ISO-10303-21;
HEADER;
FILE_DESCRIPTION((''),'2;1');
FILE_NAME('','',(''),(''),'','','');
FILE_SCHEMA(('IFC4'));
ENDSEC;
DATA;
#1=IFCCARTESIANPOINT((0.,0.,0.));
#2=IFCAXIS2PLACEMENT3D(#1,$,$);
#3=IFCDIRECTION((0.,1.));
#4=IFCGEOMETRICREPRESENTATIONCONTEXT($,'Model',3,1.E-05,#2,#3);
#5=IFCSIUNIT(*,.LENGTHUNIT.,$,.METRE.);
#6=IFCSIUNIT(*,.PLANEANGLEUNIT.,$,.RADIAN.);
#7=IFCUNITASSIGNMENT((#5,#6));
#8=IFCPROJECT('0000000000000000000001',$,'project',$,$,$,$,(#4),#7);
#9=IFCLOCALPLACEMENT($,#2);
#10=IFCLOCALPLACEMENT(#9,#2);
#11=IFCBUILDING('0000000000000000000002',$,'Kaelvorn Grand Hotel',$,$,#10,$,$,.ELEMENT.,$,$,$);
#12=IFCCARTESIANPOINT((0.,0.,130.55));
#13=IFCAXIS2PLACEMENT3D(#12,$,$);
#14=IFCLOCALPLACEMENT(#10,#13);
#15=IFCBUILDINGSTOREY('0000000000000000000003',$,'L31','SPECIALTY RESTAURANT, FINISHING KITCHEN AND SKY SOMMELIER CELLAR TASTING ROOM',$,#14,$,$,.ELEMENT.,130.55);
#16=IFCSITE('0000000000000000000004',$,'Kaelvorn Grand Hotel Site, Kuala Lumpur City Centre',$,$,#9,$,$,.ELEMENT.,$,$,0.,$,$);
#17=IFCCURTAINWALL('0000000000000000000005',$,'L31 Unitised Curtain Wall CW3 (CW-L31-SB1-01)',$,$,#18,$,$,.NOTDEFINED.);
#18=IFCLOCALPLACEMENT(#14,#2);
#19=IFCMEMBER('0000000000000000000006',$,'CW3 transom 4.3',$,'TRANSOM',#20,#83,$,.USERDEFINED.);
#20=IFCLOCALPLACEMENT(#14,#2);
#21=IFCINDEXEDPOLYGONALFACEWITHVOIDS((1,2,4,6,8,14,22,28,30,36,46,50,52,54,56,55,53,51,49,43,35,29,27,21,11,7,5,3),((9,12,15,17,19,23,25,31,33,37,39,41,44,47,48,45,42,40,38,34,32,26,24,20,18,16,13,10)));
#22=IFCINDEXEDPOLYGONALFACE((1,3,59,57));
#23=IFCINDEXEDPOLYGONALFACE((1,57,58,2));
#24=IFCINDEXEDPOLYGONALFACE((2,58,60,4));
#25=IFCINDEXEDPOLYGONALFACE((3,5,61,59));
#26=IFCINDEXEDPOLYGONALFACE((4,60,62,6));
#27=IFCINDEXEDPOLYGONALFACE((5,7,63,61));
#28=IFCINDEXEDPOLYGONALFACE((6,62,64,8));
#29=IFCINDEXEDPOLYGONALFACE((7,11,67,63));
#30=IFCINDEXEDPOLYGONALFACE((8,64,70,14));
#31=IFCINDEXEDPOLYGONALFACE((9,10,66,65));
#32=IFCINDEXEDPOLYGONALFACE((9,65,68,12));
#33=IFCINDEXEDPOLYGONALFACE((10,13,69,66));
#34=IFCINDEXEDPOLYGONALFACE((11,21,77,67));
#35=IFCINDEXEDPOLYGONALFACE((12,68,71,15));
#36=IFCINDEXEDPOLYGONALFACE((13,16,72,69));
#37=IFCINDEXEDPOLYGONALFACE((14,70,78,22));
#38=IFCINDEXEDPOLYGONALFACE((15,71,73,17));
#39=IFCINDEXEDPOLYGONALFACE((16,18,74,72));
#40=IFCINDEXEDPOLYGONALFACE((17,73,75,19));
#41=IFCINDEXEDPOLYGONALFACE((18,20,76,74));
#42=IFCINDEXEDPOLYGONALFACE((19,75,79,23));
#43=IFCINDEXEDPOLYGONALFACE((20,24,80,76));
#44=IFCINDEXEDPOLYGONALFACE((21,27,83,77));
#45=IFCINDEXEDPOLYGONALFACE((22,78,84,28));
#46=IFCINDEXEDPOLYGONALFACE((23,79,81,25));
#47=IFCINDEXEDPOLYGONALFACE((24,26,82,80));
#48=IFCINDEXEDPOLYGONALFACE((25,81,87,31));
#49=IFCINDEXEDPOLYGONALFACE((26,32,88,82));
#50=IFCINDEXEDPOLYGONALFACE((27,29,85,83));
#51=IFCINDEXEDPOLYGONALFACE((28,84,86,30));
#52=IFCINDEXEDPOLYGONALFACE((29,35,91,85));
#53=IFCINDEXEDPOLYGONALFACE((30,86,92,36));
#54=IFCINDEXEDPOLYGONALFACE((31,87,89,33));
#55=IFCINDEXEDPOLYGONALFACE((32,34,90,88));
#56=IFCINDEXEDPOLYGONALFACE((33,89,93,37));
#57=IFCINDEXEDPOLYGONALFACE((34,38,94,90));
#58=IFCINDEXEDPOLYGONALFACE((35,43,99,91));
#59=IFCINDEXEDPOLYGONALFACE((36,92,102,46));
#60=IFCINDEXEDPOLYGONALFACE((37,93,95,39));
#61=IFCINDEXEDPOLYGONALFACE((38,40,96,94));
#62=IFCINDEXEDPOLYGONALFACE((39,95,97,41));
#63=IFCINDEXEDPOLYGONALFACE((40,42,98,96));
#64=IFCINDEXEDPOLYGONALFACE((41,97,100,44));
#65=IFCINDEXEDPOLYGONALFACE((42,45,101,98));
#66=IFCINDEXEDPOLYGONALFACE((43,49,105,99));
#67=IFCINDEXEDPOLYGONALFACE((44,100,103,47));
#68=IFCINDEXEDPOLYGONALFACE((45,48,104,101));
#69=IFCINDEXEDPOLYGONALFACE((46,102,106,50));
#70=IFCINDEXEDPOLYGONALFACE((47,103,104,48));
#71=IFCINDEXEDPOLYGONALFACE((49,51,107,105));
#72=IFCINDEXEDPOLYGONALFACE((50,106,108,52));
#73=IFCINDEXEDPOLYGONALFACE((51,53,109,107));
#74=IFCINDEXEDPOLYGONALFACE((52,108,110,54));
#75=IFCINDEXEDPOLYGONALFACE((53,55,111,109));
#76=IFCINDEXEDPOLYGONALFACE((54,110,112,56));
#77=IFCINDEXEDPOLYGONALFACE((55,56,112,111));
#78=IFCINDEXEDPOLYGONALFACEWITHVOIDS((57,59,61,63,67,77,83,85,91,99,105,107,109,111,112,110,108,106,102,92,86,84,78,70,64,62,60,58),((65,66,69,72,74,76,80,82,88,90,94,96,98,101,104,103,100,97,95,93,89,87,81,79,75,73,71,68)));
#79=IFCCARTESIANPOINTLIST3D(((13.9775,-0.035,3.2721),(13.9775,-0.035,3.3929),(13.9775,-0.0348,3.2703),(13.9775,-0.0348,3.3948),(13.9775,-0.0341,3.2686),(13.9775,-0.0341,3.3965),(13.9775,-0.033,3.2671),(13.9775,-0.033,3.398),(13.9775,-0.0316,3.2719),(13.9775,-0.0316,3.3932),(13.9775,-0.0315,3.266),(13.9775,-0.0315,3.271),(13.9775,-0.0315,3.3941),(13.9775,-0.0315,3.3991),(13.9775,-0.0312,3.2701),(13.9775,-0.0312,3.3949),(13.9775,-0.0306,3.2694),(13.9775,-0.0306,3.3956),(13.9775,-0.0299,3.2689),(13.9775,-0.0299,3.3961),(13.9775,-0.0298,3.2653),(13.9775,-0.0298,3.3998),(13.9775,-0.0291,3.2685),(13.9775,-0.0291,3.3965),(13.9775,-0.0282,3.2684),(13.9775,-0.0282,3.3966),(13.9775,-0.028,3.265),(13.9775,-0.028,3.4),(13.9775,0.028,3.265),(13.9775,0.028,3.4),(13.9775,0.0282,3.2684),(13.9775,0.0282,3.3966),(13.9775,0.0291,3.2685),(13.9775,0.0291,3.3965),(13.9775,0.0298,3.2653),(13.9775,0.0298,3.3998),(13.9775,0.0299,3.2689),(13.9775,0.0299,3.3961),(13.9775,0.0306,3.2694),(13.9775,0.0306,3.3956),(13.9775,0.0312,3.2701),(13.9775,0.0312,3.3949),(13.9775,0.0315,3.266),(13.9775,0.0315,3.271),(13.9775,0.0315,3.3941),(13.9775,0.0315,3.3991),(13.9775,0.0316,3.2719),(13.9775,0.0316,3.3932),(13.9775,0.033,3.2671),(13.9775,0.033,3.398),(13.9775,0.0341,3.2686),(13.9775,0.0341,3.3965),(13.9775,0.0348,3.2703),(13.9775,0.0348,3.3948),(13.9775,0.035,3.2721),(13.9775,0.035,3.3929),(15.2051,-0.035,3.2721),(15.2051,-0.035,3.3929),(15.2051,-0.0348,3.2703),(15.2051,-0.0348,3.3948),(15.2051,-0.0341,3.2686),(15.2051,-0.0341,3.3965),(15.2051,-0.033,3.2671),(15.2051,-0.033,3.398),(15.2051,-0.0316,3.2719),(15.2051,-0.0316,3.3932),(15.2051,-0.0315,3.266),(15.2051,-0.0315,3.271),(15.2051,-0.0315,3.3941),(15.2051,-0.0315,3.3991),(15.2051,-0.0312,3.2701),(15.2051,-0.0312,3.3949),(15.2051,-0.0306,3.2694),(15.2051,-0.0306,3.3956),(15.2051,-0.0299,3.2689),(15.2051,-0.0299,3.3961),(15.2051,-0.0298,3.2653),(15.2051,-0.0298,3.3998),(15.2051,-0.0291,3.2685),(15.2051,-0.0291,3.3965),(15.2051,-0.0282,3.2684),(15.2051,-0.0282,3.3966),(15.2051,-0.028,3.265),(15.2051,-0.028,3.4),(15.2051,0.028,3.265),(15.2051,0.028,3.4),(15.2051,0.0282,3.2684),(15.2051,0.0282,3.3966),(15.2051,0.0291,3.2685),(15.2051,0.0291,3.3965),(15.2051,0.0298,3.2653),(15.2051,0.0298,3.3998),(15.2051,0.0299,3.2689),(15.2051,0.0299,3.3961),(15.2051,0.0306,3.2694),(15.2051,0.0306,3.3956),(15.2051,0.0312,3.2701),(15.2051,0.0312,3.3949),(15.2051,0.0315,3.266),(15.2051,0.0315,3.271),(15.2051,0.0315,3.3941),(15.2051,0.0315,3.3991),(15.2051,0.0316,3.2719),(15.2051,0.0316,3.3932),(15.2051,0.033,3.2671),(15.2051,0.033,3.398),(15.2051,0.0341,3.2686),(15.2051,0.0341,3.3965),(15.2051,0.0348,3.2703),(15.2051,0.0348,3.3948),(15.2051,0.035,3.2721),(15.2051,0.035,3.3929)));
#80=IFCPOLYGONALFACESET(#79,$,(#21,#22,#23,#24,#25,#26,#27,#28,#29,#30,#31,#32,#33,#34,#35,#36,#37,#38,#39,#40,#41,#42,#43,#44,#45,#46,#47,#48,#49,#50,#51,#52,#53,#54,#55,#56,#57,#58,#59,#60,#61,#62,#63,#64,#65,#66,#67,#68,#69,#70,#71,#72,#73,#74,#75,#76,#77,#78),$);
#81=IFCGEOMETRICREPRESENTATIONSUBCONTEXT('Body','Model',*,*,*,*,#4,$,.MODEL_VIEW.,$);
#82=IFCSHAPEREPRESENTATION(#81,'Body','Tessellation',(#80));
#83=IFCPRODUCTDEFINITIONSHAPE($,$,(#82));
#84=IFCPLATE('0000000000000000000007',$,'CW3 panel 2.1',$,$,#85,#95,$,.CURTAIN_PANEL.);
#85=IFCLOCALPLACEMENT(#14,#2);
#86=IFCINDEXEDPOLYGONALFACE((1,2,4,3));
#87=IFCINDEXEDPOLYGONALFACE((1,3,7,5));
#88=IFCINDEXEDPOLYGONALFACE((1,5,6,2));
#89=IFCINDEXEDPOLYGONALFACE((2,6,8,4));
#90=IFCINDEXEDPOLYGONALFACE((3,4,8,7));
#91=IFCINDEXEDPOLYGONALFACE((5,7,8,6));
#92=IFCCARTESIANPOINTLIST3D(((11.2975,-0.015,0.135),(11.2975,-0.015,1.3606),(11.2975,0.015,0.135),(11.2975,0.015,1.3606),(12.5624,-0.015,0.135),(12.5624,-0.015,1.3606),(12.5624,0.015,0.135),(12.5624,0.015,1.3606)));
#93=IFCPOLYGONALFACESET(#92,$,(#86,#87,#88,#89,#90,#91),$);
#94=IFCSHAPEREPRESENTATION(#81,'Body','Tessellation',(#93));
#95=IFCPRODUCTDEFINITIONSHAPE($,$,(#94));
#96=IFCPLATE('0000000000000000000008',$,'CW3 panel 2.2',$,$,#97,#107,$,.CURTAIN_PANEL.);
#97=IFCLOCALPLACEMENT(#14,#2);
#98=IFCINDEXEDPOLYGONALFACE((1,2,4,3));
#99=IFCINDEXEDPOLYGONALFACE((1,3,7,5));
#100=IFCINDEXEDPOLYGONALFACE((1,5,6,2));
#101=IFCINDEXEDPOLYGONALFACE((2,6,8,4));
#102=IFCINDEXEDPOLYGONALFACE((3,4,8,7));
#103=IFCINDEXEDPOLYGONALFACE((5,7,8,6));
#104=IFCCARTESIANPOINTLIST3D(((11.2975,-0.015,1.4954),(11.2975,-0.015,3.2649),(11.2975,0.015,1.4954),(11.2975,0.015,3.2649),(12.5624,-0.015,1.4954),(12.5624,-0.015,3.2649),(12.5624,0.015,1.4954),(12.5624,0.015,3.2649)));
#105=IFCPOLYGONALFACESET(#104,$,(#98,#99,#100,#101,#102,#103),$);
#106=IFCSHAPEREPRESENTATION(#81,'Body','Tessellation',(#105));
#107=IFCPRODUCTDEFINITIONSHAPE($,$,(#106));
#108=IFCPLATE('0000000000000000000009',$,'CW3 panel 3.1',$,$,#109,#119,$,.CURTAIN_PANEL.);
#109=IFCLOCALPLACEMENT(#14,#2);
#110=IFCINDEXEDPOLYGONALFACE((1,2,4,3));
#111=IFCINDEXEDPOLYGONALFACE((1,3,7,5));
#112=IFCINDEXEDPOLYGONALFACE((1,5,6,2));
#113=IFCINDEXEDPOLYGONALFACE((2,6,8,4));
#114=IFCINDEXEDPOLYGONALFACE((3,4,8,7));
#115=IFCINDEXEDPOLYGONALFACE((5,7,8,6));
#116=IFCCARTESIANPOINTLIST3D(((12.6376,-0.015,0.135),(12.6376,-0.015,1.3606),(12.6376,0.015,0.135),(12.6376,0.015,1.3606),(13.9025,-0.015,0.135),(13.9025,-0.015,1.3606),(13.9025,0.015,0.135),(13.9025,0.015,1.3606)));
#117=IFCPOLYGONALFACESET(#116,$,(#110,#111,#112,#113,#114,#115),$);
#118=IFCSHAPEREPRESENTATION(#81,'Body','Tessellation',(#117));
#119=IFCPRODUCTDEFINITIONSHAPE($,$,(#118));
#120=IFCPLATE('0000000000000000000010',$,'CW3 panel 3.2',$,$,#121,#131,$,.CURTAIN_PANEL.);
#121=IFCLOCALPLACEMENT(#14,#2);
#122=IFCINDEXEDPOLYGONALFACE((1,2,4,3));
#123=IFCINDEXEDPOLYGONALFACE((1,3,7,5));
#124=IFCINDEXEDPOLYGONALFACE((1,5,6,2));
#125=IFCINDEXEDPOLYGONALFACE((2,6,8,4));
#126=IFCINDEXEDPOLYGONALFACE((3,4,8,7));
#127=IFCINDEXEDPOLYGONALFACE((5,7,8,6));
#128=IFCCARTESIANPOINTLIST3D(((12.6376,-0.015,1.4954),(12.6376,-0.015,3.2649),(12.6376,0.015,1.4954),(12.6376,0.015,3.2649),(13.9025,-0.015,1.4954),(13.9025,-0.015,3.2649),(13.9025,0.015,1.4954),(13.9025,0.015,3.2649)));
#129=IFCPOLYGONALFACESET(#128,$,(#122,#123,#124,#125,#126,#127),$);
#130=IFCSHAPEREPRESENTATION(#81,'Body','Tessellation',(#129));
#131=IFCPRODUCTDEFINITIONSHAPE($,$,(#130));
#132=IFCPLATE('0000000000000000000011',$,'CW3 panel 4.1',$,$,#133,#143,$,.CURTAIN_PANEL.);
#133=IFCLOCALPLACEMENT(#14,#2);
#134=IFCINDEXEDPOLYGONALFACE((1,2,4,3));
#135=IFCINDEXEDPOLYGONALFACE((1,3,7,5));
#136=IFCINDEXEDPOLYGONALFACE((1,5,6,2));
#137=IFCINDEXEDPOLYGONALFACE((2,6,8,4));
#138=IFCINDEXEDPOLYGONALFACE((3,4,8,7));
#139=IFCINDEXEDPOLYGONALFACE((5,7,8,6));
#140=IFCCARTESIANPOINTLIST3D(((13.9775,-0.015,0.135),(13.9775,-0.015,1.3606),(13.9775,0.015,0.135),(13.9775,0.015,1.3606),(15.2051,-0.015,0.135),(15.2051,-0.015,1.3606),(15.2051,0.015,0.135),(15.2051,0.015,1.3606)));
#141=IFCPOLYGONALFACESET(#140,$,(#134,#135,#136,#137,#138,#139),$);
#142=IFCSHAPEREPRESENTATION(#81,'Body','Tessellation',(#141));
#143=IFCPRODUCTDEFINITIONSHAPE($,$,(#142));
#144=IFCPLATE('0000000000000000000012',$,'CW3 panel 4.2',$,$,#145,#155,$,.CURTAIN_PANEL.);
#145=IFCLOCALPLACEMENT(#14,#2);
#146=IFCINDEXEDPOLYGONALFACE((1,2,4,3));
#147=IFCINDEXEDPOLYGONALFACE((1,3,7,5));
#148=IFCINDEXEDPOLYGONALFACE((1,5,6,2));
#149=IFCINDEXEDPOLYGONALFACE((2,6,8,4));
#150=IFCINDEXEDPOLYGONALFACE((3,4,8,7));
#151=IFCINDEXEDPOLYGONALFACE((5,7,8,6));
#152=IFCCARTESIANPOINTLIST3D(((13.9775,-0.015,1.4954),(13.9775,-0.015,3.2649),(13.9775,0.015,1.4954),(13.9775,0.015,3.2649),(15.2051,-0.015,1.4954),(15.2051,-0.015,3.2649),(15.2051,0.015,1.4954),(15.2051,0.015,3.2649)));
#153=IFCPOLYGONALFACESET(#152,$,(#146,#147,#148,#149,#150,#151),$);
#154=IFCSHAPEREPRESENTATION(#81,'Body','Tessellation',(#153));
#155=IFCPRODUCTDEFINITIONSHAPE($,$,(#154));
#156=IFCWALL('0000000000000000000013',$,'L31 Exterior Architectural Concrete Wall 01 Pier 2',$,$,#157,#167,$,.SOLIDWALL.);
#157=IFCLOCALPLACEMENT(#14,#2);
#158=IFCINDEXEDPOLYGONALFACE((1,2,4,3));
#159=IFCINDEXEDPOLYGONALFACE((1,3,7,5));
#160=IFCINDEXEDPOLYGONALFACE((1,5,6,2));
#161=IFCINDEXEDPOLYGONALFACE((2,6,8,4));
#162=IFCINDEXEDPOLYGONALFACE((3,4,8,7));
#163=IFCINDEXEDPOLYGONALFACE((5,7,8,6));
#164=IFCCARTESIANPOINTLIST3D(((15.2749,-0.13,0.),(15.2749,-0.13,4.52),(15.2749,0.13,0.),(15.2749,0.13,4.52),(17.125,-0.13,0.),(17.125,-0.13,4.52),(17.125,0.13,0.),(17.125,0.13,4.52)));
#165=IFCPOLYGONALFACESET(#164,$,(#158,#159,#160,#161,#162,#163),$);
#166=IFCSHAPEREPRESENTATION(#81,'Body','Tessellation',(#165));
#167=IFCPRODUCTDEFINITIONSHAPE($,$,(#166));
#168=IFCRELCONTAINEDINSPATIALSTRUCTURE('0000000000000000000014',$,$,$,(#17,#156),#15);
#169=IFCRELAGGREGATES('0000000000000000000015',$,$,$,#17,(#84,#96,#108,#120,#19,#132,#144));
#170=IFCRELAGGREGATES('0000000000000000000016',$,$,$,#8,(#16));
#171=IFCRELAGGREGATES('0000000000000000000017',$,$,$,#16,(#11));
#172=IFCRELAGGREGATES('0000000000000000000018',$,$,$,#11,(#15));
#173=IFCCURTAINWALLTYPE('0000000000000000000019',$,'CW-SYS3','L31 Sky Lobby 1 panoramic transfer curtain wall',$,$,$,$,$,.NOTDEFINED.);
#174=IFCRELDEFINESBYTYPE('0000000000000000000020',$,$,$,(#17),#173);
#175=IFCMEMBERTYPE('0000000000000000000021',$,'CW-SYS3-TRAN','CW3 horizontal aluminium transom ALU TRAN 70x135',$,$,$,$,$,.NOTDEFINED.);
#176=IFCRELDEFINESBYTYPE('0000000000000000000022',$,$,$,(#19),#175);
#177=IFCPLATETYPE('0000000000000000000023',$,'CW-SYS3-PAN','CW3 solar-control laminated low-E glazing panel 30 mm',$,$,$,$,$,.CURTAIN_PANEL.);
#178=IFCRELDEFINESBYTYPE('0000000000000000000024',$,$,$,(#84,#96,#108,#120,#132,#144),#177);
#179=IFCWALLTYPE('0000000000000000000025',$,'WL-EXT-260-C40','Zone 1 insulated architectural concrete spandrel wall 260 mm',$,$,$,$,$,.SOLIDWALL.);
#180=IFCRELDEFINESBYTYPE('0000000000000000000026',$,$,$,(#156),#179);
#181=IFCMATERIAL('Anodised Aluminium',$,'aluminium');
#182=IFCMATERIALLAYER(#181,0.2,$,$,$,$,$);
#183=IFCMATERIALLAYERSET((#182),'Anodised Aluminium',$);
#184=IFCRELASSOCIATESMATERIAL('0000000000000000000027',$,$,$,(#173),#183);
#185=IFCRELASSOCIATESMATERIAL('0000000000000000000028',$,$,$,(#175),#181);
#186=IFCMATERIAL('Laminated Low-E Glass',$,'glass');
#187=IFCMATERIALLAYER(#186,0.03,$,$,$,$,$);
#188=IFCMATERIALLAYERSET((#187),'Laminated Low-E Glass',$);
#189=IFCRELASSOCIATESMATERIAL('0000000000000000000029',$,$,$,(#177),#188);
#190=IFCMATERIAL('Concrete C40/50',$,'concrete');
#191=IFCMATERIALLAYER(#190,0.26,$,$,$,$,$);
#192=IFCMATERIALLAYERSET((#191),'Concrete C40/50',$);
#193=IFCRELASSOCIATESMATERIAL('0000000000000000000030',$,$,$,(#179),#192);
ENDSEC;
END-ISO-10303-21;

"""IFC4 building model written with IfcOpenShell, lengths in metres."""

from ifc_helpers import new_model, si_unit, direction, frame, frame_2d, origin, origin_2d, place, context, subcontext, project, spatial, rectangle, hollow_rectangle, extrude, material, layer, layer_set, material_profile, profile_set, type_object, element, aggregate, save


model = new_model("IFC4")

# Units and contexts
model_context = context("Model", 3, precision=1e-05, world=origin(), true_north=direction((0.0, 1.0)))
body_context = subcontext(model_context, "Body", "Model", "MODEL_VIEW")
ifc_project = project(units=[si_unit("LENGTHUNIT", "METRE"), si_unit("PLANEANGLEUNIT", "RADIAN")], contexts=[model_context])

# Site, building, storey
site_placement = place(None, origin())
site = spatial("IfcSite", under=ifc_project, at=site_placement, Name="Kaelvorn Grand Hotel Site, Kuala Lumpur City Centre", CompositionType="ELEMENT", RefElevation=0.0)
building_placement = place(site_placement, origin())
building = spatial("IfcBuilding", under=site, at=building_placement, Name="Kaelvorn Grand Hotel", CompositionType="ELEMENT")
storey_placement = place(building_placement, frame((0.0, 0.0, 130.55)))
storey = spatial("IfcBuildingStorey", under=building, at=storey_placement, Name="L31", Description="SPECIALTY RESTAURANT, FINISHING KITCHEN AND SKY SOMMELIER CELLAR TASTING ROOM", CompositionType="ELEMENT", Elevation=130.55)

# Shared definitions
ifc_material_1 = material(Name="Concrete C40/50", Category="concrete")

# Curtain wall, member, plates
ifc_material_2 = material(Name="Anodised Aluminium", Category="aluminium")
ifc_layer_1 = layer(ifc_material_2, 0.2)
ifc_layer_set_1 = layer_set([ifc_layer_1], Name="Anodised Aluminium")
curtain_wall_type = type_object("IfcCurtainWallType", Name="CW-SYS3", Description="L31 Sky Lobby 1 panoramic transfer curtain wall", PredefinedType="NOTDEFINED", material=ifc_layer_set_1)
curtain_wall_placement = place(storey_placement, origin())
curtain_wall = element("IfcCurtainWall", 1, at=curtain_wall_placement, inside=storey, type_object=curtain_wall_type, Name="L31 Unitised Curtain Wall CW3 (CW-L31-SB1-01)", PredefinedType="NOTDEFINED")
ifc_material_profile_1 = material_profile(ifc_material_2, hollow_rectangle(XDim=0.0701, YDim=0.135, WallThickness=0.0034, InnerFilletRadius=0.0034, OuterFilletRadius=0.0071, at=origin_2d()), Name="ALU TRAN 70x135")
ifc_profile_set_1 = profile_set([ifc_material_profile_1], Name="Anodised Aluminium")
member_type_1 = type_object("IfcMemberType", Name="CW-SYS3-TRAN", Description="CW3 horizontal aluminium transom ALU TRAN 70x135", PredefinedType="NOTDEFINED", material=ifc_profile_set_1)
member_1_placement = place(storey_placement, frame((13.9775, 0.0, 3.3325), z_axis=(1.0, 0.0, 0.0), x_axis=(0.0, 1.0, 0.0)))
member_1 = element("IfcMember", 2, at=member_1_placement, type_object=member_type_1, Name="CW3 transom 4.3", ObjectType="TRANSOM", PredefinedType="USERDEFINED", context=body_context, shape_type="SweptSolid", body=[
    extrude(hollow_rectangle(XDim=0.0701, YDim=0.135, WallThickness=0.0034, InnerFilletRadius=0.0034, OuterFilletRadius=0.0071, at=origin_2d()), origin(), (0.0, 0.0, 1.0), 1.2275),
])
ifc_material_3 = material(Name="Laminated Low-E Glass", Category="glass")
ifc_layer_2 = layer(ifc_material_3, 0.03)
ifc_layer_set_2 = layer_set([ifc_layer_2], Name="Laminated Low-E Glass")
plate_type = type_object("IfcPlateType", Name="CW-SYS3-PAN", Description="CW3 solar-control laminated low-E glazing panel 30 mm", PredefinedType="CURTAIN_PANEL", material=ifc_layer_set_2)
plate_1_placement = place(storey_placement, frame((11.9299, 0.0, 0.135), z_axis=(0.0, 0.0, 1.0), x_axis=(1.0, 0.0, 0.0)))
plate_1 = element("IfcPlate", 3, at=plate_1_placement, type_object=plate_type, Name="CW3 panel 2.1", PredefinedType="CURTAIN_PANEL", context=body_context, shape_type="SweptSolid", body=[
    extrude(rectangle(XDim=1.2649, YDim=0.03, at=origin_2d()), origin(), (0.0, 0.0, 1.0), 1.2256),
])
plate_2_placement = place(storey_placement, frame((11.9299, 0.0, 1.4954), z_axis=(0.0, 0.0, 1.0), x_axis=(1.0, 0.0, 0.0)))
plate_2 = element("IfcPlate", 4, at=plate_2_placement, type_object=plate_type, Name="CW3 panel 2.2", PredefinedType="CURTAIN_PANEL", context=body_context, shape_type="SweptSolid", body=[
    extrude(rectangle(XDim=1.2649, YDim=0.03, at=origin_2d()), origin(), (0.0, 0.0, 1.0), 1.7695),
])
plate_3_placement = place(storey_placement, frame((13.27, 0.0, 0.135), z_axis=(0.0, 0.0, 1.0), x_axis=(1.0, 0.0, 0.0)))
plate_3 = element("IfcPlate", 5, at=plate_3_placement, type_object=plate_type, Name="CW3 panel 3.1", PredefinedType="CURTAIN_PANEL", context=body_context, shape_type="SweptSolid", body=[
    extrude(rectangle(XDim=1.2649, YDim=0.03, at=origin_2d()), origin(), (0.0, 0.0, 1.0), 1.2256),
])
plate_4_placement = place(storey_placement, frame((13.27, 0.0, 1.4954), z_axis=(0.0, 0.0, 1.0), x_axis=(1.0, 0.0, 0.0)))
plate_4 = element("IfcPlate", 6, at=plate_4_placement, type_object=plate_type, Name="CW3 panel 3.2", PredefinedType="CURTAIN_PANEL", context=body_context, shape_type="SweptSolid", body=[
    extrude(rectangle(XDim=1.2649, YDim=0.03, at=origin_2d()), origin(), (0.0, 0.0, 1.0), 1.7695),
])
plate_5_placement = place(storey_placement, frame((14.5913, 0.0, 0.135), z_axis=(0.0, 0.0, 1.0), x_axis=(1.0, 0.0, 0.0)))
plate_5 = element("IfcPlate", 7, at=plate_5_placement, type_object=plate_type, Name="CW3 panel 4.1", PredefinedType="CURTAIN_PANEL", context=body_context, shape_type="SweptSolid", body=[
    extrude(rectangle(XDim=1.2275, YDim=0.03, at=origin_2d()), origin(), (0.0, 0.0, 1.0), 1.2256),
])
plate_6_placement = place(storey_placement, frame((14.5913, 0.0, 1.4954), z_axis=(0.0, 0.0, 1.0), x_axis=(1.0, 0.0, 0.0)))
plate_6 = element("IfcPlate", 8, at=plate_6_placement, type_object=plate_type, Name="CW3 panel 4.2", PredefinedType="CURTAIN_PANEL", context=body_context, shape_type="SweptSolid", body=[
    extrude(rectangle(XDim=1.2275, YDim=0.03, at=origin_2d()), origin(), (0.0, 0.0, 1.0), 1.7695),
])
aggregate(curtain_wall, [plate_1, plate_2, plate_3, plate_4, member_1, plate_5, plate_6])

# Wall
ifc_layer_3 = layer(ifc_material_1, 0.26)
ifc_layer_set_3 = layer_set([ifc_layer_3], Name="Concrete C40/50")
wall_type = type_object("IfcWallType", Name="WL-EXT-260-C40", Description="Zone 1 insulated architectural concrete spandrel wall 260 mm", PredefinedType="SOLIDWALL", material=ifc_layer_set_3)
wall_placement = place(storey_placement, frame((15.2749, 0.0, 0.0), z_axis=(0.0, 0.0, 1.0), x_axis=(1.0, 0.0, 0.0)))
element("IfcWall", 9, at=wall_placement, inside=storey, type_object=wall_type, Name="L31 Exterior Architectural Concrete Wall 01 Pier 2", PredefinedType="SOLIDWALL", context=body_context, shape_type="SweptSolid", body=[
    extrude(rectangle(XDim=1.8501, YDim=0.26, at=frame_2d((0.925, 0.0))), origin(), (0.0, 0.0, 1.0), 4.52),
])

save(model, "model.ifc")
